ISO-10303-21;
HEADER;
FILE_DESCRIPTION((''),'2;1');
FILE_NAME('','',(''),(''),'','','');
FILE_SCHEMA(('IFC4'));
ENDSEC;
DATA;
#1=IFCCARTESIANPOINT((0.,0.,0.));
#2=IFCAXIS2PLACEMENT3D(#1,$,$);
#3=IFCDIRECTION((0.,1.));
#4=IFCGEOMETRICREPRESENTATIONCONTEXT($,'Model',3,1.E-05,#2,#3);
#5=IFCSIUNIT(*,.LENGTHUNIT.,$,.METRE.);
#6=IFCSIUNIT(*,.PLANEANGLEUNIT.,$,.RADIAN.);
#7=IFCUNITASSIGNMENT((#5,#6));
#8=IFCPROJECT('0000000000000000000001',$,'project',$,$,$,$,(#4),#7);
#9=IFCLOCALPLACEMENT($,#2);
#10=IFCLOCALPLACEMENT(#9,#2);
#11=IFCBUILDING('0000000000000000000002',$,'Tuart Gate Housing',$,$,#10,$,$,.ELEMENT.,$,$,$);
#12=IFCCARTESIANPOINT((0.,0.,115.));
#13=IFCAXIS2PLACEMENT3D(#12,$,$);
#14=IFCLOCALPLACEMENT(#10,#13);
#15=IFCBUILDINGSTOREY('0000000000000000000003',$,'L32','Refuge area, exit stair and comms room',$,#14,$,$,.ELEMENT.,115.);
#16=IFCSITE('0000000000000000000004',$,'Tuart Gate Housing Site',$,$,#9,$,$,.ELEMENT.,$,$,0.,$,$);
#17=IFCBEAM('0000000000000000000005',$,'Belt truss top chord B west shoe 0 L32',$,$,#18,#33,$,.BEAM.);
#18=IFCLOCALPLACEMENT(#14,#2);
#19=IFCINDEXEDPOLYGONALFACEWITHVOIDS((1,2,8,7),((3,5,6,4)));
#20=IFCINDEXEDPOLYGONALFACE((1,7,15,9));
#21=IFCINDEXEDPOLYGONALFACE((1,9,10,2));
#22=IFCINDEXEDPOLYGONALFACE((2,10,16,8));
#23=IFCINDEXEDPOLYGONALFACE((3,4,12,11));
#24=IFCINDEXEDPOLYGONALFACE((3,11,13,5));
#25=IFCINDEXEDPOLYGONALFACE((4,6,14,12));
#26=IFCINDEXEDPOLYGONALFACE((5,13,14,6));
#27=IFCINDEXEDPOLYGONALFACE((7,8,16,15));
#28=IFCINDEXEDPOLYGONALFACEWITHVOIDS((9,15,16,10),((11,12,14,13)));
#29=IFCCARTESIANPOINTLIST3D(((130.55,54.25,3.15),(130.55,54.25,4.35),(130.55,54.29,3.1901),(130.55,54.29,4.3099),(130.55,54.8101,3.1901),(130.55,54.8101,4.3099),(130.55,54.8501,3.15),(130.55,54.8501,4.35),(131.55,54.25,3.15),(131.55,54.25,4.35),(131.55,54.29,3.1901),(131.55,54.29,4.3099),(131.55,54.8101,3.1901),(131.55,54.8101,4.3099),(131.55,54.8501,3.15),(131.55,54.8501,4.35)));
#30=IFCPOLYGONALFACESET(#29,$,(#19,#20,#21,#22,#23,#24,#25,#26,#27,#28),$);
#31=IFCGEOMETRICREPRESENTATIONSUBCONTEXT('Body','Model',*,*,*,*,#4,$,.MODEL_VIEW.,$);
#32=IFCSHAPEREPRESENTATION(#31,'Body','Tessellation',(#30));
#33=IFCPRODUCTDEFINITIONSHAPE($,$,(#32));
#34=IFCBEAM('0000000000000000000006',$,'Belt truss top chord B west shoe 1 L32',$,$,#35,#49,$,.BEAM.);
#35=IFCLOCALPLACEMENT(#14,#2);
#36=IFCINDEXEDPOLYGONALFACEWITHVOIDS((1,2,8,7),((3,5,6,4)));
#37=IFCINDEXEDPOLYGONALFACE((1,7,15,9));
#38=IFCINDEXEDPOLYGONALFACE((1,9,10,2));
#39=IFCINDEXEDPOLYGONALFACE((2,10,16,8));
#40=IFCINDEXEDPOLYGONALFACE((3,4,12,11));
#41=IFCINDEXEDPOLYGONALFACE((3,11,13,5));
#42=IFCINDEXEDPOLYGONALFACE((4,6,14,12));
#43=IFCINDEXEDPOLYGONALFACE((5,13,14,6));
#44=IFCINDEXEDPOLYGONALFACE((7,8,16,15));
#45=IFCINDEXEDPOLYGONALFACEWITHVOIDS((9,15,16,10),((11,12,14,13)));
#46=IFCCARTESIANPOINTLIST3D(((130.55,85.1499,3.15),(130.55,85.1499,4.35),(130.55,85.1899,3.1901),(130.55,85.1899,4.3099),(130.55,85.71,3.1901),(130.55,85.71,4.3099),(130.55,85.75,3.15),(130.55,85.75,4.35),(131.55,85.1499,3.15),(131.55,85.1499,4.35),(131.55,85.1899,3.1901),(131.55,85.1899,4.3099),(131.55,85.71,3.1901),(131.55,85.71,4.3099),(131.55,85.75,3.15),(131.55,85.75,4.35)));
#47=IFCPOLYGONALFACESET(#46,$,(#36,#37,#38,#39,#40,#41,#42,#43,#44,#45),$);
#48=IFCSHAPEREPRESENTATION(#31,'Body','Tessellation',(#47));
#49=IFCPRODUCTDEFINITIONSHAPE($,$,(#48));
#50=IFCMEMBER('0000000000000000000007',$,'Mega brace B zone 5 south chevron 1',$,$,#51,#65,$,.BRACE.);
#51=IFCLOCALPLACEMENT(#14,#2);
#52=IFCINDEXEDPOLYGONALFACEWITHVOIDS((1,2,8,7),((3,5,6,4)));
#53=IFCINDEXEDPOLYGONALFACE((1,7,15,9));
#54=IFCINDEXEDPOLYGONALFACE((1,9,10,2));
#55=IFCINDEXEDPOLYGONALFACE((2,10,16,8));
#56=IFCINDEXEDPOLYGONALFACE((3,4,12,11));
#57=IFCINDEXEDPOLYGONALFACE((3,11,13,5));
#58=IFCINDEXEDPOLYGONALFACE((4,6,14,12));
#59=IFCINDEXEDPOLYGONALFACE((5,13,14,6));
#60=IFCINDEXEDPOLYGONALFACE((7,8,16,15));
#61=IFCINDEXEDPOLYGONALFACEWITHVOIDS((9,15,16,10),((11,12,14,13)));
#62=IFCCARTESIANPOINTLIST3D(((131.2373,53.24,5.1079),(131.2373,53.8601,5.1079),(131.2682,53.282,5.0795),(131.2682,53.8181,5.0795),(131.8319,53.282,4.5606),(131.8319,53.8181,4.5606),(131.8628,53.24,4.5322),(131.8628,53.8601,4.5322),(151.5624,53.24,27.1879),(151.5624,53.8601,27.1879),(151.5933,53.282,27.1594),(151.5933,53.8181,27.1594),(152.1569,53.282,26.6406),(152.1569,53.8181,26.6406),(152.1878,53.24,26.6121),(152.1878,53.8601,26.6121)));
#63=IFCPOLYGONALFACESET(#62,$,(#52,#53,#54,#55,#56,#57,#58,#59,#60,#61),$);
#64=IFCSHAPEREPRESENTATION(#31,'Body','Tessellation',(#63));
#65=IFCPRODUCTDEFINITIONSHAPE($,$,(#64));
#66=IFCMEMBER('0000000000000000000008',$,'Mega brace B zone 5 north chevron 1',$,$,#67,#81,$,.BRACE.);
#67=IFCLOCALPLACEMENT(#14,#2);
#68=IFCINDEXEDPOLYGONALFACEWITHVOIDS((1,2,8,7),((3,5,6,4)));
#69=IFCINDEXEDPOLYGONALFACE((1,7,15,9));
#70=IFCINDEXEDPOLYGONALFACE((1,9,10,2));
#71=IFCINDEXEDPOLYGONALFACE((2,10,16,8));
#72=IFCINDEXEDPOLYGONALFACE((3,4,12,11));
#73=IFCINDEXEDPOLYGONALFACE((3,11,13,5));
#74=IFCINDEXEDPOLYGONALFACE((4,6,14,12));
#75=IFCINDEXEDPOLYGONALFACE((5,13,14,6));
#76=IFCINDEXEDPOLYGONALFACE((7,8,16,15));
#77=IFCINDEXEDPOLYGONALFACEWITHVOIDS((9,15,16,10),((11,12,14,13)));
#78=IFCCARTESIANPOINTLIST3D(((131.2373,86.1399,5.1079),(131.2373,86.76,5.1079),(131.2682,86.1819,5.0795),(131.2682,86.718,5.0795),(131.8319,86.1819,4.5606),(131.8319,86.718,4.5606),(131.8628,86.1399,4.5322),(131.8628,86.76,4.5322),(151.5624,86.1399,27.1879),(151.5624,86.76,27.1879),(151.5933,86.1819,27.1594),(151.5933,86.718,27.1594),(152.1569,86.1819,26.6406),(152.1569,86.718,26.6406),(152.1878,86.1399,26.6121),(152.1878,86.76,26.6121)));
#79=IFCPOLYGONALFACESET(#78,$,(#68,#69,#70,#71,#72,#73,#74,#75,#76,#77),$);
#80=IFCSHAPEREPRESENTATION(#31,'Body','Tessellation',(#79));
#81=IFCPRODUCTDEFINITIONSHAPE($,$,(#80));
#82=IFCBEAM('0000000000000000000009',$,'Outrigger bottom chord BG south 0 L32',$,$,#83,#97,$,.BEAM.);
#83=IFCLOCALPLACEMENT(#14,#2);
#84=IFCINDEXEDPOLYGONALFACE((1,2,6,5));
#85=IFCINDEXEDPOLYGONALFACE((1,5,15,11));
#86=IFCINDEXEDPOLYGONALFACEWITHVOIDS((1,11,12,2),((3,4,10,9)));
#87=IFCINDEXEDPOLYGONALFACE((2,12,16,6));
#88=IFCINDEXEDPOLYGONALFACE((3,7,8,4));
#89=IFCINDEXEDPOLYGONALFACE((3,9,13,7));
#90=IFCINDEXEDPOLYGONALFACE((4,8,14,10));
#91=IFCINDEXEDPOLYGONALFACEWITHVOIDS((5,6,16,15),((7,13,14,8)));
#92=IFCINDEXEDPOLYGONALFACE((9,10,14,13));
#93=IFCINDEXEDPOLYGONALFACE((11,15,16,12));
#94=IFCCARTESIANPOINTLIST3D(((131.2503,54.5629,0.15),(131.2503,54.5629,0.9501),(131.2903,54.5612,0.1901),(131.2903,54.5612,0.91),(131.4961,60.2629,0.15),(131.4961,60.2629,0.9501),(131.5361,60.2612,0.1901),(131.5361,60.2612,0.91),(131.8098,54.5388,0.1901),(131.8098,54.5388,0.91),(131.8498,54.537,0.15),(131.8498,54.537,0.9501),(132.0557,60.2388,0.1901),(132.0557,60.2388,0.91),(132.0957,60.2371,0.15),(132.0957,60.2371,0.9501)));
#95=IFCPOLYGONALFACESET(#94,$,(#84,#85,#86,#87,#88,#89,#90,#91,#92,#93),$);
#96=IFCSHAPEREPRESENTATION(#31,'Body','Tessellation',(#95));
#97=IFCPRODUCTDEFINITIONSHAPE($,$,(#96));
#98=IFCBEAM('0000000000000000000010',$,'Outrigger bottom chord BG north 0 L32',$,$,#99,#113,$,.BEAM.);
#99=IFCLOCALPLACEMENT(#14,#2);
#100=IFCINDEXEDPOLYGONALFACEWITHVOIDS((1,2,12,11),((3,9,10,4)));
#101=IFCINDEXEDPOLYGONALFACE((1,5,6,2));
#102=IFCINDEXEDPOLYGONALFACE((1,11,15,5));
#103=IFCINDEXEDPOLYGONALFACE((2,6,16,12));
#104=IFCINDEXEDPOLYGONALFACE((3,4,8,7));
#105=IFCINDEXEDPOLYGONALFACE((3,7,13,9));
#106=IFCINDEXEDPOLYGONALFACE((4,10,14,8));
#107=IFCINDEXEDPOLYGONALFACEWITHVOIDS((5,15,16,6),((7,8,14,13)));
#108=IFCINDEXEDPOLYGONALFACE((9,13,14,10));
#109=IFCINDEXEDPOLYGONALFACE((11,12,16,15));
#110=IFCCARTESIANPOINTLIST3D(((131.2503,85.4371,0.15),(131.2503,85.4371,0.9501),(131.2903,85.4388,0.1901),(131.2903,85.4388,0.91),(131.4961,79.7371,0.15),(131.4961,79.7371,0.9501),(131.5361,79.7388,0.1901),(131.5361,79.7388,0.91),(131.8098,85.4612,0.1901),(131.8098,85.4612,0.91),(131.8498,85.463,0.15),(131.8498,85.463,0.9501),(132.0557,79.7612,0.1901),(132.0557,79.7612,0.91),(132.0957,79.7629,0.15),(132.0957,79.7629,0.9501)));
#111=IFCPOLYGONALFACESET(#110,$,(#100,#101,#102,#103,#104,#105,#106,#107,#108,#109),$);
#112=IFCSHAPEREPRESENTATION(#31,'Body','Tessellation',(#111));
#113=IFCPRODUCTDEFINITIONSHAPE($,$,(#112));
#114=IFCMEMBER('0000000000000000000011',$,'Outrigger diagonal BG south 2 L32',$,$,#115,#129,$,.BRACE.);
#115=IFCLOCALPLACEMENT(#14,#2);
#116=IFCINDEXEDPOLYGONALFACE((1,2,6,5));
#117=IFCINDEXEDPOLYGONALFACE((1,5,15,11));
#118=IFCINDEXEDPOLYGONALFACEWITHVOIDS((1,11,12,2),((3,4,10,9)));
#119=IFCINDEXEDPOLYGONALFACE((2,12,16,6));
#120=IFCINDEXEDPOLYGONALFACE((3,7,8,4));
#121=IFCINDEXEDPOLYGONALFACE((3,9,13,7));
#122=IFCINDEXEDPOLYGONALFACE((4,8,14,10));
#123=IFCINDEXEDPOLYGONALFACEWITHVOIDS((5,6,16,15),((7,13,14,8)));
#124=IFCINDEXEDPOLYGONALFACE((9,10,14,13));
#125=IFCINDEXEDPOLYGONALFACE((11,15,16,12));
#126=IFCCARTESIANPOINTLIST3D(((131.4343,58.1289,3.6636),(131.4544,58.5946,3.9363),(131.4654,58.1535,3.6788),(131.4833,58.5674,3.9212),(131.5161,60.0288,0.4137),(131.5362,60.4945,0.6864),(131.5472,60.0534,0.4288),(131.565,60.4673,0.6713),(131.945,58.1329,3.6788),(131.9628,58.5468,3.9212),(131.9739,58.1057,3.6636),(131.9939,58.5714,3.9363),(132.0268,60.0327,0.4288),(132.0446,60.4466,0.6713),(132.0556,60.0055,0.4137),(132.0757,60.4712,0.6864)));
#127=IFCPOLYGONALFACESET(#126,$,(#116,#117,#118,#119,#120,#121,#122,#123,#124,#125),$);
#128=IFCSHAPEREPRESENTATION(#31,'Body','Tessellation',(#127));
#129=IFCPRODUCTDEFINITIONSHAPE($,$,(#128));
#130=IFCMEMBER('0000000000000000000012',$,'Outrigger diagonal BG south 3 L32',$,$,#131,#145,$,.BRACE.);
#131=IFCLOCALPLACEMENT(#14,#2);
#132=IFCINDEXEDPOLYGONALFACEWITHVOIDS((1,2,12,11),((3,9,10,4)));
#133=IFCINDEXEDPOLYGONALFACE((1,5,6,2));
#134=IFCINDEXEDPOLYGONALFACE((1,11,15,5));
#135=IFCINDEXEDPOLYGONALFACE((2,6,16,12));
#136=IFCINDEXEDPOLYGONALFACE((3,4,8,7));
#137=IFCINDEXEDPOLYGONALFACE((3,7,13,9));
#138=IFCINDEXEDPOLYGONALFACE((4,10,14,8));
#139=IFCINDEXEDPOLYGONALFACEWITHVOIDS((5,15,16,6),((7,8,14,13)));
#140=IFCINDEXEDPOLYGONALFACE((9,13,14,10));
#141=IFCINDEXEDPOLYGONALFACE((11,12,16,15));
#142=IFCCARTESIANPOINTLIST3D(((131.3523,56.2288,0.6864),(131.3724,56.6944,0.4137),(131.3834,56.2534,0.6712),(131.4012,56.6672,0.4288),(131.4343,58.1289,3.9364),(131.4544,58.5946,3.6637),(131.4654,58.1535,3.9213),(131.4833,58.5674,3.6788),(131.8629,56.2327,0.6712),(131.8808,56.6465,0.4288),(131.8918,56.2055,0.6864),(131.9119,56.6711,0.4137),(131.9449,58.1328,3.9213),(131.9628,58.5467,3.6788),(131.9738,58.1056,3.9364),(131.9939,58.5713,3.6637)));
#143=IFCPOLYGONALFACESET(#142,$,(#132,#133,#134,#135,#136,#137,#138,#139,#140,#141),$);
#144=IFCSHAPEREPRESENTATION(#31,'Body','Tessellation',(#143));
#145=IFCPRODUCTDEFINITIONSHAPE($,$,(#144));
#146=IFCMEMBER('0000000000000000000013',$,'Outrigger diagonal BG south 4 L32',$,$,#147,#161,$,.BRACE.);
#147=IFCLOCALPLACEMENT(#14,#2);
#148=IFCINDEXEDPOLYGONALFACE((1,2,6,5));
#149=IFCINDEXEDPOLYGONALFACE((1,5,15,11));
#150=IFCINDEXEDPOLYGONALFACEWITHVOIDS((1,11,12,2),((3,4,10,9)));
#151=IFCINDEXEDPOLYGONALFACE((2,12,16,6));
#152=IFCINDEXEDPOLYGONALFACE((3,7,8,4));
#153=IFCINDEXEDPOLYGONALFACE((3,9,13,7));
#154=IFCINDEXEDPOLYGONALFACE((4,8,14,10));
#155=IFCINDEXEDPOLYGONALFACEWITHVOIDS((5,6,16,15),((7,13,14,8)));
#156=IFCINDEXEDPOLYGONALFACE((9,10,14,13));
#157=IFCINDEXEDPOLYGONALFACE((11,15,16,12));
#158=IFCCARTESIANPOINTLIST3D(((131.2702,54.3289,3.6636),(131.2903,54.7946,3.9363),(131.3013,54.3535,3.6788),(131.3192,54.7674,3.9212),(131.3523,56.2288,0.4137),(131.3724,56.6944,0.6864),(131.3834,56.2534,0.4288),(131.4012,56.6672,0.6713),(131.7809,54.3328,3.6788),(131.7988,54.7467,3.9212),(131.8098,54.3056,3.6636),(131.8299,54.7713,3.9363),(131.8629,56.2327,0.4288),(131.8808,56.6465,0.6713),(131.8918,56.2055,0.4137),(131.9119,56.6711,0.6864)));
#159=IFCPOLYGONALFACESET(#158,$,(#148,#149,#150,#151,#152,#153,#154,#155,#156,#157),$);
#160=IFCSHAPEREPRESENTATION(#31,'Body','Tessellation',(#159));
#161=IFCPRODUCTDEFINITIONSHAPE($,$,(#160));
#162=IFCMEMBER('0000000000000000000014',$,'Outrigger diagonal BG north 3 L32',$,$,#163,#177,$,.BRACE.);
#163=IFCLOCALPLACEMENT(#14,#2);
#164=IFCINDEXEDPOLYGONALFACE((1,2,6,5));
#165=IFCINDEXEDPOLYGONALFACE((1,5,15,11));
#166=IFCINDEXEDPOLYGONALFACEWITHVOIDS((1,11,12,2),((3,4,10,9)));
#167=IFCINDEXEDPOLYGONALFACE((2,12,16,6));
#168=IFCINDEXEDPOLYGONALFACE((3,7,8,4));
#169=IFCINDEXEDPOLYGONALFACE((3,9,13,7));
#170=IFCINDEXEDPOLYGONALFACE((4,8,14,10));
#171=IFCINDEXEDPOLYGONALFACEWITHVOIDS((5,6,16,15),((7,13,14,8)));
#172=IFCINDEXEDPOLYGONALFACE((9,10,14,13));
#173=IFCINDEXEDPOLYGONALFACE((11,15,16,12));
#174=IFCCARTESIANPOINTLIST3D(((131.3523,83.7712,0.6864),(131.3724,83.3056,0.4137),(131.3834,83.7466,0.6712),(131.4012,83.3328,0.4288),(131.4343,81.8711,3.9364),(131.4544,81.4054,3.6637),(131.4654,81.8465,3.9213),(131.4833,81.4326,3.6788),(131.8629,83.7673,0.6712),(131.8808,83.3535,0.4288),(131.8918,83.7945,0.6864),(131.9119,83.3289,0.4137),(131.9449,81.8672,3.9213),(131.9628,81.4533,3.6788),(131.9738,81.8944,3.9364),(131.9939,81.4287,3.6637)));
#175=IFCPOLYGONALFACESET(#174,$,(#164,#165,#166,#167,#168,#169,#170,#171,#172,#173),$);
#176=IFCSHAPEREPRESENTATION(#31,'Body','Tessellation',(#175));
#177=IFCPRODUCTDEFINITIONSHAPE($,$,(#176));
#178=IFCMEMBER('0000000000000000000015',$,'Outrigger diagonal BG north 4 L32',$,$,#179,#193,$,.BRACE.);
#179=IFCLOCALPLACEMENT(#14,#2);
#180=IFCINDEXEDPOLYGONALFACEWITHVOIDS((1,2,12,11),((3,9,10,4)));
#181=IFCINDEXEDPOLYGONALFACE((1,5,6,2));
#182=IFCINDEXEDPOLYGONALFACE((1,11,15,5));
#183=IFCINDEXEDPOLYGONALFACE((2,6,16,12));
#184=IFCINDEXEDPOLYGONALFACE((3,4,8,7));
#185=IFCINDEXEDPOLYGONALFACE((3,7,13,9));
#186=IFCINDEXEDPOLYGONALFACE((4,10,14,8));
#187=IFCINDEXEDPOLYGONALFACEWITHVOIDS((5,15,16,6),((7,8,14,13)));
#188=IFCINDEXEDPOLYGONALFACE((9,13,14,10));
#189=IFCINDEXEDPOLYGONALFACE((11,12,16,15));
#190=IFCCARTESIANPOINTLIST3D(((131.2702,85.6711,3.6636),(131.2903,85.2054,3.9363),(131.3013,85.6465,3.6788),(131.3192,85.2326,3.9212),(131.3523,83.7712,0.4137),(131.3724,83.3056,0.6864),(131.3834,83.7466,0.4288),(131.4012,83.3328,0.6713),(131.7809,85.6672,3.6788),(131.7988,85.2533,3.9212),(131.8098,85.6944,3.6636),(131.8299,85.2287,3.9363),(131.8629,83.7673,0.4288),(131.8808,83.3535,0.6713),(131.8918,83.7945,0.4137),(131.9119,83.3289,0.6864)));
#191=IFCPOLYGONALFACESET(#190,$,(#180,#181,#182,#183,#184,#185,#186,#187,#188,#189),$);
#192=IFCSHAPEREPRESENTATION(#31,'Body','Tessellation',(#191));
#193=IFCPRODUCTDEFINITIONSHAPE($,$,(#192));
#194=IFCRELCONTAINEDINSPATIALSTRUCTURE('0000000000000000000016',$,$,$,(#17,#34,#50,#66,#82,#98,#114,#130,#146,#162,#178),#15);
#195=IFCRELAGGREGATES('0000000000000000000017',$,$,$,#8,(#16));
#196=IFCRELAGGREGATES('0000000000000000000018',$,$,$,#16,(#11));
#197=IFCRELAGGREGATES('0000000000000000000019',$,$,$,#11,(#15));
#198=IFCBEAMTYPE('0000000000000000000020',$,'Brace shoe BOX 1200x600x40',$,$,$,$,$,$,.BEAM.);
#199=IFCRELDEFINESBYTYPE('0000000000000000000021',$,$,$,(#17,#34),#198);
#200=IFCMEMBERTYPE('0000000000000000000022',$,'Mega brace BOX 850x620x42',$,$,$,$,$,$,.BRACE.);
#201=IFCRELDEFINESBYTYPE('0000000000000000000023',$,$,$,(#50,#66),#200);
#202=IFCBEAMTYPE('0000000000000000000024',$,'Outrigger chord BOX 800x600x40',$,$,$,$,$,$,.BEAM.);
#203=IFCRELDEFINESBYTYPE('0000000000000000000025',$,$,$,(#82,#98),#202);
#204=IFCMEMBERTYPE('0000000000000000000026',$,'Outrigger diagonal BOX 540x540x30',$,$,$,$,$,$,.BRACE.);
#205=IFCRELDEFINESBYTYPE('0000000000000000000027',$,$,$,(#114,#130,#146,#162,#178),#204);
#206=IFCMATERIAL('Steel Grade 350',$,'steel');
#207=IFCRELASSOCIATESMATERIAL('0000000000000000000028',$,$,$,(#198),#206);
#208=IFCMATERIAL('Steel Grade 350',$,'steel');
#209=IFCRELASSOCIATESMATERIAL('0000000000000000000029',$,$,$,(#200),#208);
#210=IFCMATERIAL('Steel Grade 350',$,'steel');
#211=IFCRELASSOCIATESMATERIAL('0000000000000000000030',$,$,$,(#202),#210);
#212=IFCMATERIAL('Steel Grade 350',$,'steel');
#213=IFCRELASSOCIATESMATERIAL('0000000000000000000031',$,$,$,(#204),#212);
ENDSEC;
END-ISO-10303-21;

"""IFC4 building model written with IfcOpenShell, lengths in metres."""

from ifc_helpers import new_model, si_unit, direction, frame, origin, origin_2d, place, context, subcontext, project, spatial, hollow_rectangle, extrude, material, material_profile, profile_set, type_object, element, save


model = new_model("IFC4")

# Units and contexts
model_context = context("Model", 3, precision=1e-05, world=origin(), true_north=direction((0.0, 1.0)))
body_context = subcontext(model_context, "Body", "Model", "MODEL_VIEW")
ifc_project = project(units=[si_unit("LENGTHUNIT", "METRE"), si_unit("PLANEANGLEUNIT", "RADIAN")], contexts=[model_context])

# Site, building, storey
site_placement = place(None, origin())
site = spatial("IfcSite", under=ifc_project, at=site_placement, Name="Tuart Gate Housing Site", CompositionType="ELEMENT", RefElevation=0.0)
building_placement = place(site_placement, origin())
building = spatial("IfcBuilding", under=site, at=building_placement, Name="Tuart Gate Housing", CompositionType="ELEMENT")
storey_placement = place(building_placement, frame((0.0, 0.0, 115.0)))
storey = spatial("IfcBuildingStorey", under=building, at=storey_placement, Name="L32", Description="Refuge area, exit stair and comms room", CompositionType="ELEMENT", Elevation=115.0)

# Beams
ifc_material_1 = material(Name="Steel Grade 350", Category="steel")
ifc_material_profile_1 = material_profile(ifc_material_1, hollow_rectangle(XDim=0.6001, YDim=1.2, WallThickness=0.04, at=origin_2d()), Name="BOX 1200x600x40")
ifc_profile_set_1 = profile_set([ifc_material_profile_1], Name="Steel Grade 350")
beam_type_1 = type_object("IfcBeamType", Name="Brace shoe BOX 1200x600x40", PredefinedType="BEAM", material=ifc_profile_set_1)
for number, where, z_axis, x_axis, name in (
    (1, (131.55, 54.55, 3.75), (-1.0, 0.0, 0.0), (0.0, -1.0, 0.0), "Belt truss top chord B west shoe 0 L32"),
    (2, (131.55, 85.45, 3.75), (-1.0, 0.0, 0.0), (0.0, -1.0, 0.0), "Belt truss top chord B west shoe 1 L32"),
):
    element("IfcBeam", number, at=place(storey_placement, frame(where, z_axis=z_axis, x_axis=x_axis)), inside=storey, type_object=beam_type_1, Name=name, PredefinedType="BEAM", context=body_context, shape_type="SweptSolid", body=[
        extrude(hollow_rectangle(XDim=0.6001, YDim=1.2, WallThickness=0.04, at=origin_2d()), origin(), (0.0, 0.0, 1.0), 1.0),
    ])

# Members
ifc_material_2 = material(Name="Steel Grade 350", Category="steel")
ifc_material_profile_2 = material_profile(ifc_material_2, hollow_rectangle(XDim=0.6201, YDim=0.8501, WallThickness=0.042, at=origin_2d()), Name="BOX 850x620x42")
ifc_profile_set_2 = profile_set([ifc_material_profile_2], Name="Steel Grade 350")
member_type_1 = type_object("IfcMemberType", Name="Mega brace BOX 850x620x42", PredefinedType="BRACE", material=ifc_profile_set_2)
for number, where, z_axis, x_axis, name in (
    (3, (131.55, 53.55, 4.8201), (0.677264, 0.0, 0.73574), (0.0, 1.0, 0.0), "Mega brace B zone 5 south chevron 1"),
    (4, (131.55, 86.45, 4.8201), (0.677264, 0.0, 0.73574), (0.0, 1.0, 0.0), "Mega brace B zone 5 north chevron 1"),
):
    element("IfcMember", number, at=place(storey_placement, frame(where, z_axis=z_axis, x_axis=x_axis)), inside=storey, type_object=member_type_1, Name=name, PredefinedType="BRACE", context=body_context, shape_type="SweptSolid", body=[
        extrude(hollow_rectangle(XDim=0.6201, YDim=0.8501, WallThickness=0.042, at=origin_2d()), origin(), (0.0, 0.0, 1.0), 30.0105),
    ])

# Beams
ifc_material_3 = material(Name="Steel Grade 350", Category="steel")
ifc_material_profile_3 = material_profile(ifc_material_3, hollow_rectangle(XDim=0.6001, YDim=0.8, WallThickness=0.04, at=origin_2d()), Name="BOX 800x600x40")
ifc_profile_set_3 = profile_set([ifc_material_profile_3], Name="Steel Grade 350")
beam_type_2 = type_object("IfcBeamType", Name="Outrigger chord BOX 800x600x40", PredefinedType="BEAM", material=ifc_profile_set_3)
for number, where, z_axis, x_axis, name in (
    (5, (131.7959, 60.25, 0.55), (-0.043092, -0.999071, 0.0), (0.999071, -0.043092, 0.0), "Outrigger bottom chord BG south 0 L32"),
    (6, (131.7959, 79.75, 0.55), (-0.043092, 0.999071, 0.0), (-0.999071, -0.043092, 0.0), "Outrigger bottom chord BG north 0 L32"),
):
    element("IfcBeam", number, at=place(storey_placement, frame(where, z_axis=z_axis, x_axis=x_axis)), inside=storey, type_object=beam_type_2, Name=name, PredefinedType="BEAM", context=body_context, shape_type="SweptSolid", body=[
        extrude(hollow_rectangle(XDim=0.6001, YDim=0.8, WallThickness=0.04, at=origin_2d()), origin(), (0.0, 0.0, 1.0), 5.7053),
    ])

# Members
ifc_material_4 = material(Name="Steel Grade 350", Category="steel")
ifc_material_profile_4 = material_profile(ifc_material_4, hollow_rectangle(XDim=0.54, YDim=0.54, WallThickness=0.03, at=origin_2d()), Name="BOX 540x540x30")
ifc_profile_set_4 = profile_set([ifc_material_profile_4], Name="Steel Grade 350")
member_type_2 = type_object("IfcMemberType", Name="Outrigger diagonal BOX 540x540x30", PredefinedType="BRACE", material=ifc_profile_set_4)
member_1_placement = place(storey_placement, frame((131.7959, 60.25, 0.55), z_axis=(-0.02172, -0.504558, 0.863104), x_axis=(0.999075, -0.043008, 0.0)))
element("IfcMember", 7, at=member_1_placement, inside=storey, type_object=member_type_2, Name="Outrigger diagonal BG south 2 L32", PredefinedType="BRACE", context=body_context, shape_type="SweptSolid", body=[
    extrude(hollow_rectangle(XDim=0.54, YDim=0.54, WallThickness=0.03, at=origin_2d()), origin(), (0.0, 0.0, 1.0), 3.7654),
])
member_2_placement = place(storey_placement, frame((131.7141, 58.3501, 3.8), z_axis=(-0.021784, -0.504606, -0.863075), x_axis=(0.999069, -0.043131, 0.0)))
element("IfcMember", 8, at=member_2_placement, inside=storey, type_object=member_type_2, Name="Outrigger diagonal BG south 3 L32", PredefinedType="BRACE", context=body_context, shape_type="SweptSolid", body=[
    extrude(hollow_rectangle(XDim=0.54, YDim=0.54, WallThickness=0.03, at=origin_2d()), origin(), (0.0, 0.0, 1.0), 3.7656),
])
member_3_placement = place(storey_placement, frame((131.6321, 56.45, 0.55), z_axis=(-0.021785, -0.504557, 0.863103), x_axis=(0.999069, -0.043136, 0.0)))
element("IfcMember", 9, at=member_3_placement, inside=storey, type_object=member_type_2, Name="Outrigger diagonal BG south 4 L32", PredefinedType="BRACE", context=body_context, shape_type="SweptSolid", body=[
    extrude(hollow_rectangle(XDim=0.54, YDim=0.54, WallThickness=0.03, at=origin_2d()), origin(), (0.0, 0.0, 1.0), 3.7654),
])
member_4_placement = place(storey_placement, frame((131.7141, 81.6499, 3.8), z_axis=(-0.021784, 0.504606, -0.863075), x_axis=(-0.999069, -0.043131, 0.0)))
element("IfcMember", 10, at=member_4_placement, inside=storey, type_object=member_type_2, Name="Outrigger diagonal BG north 3 L32", PredefinedType="BRACE", context=body_context, shape_type="SweptSolid", body=[
    extrude(hollow_rectangle(XDim=0.54, YDim=0.54, WallThickness=0.03, at=origin_2d()), origin(), (0.0, 0.0, 1.0), 3.7656),
])
member_5_placement = place(storey_placement, frame((131.6321, 83.55, 0.55), z_axis=(-0.021785, 0.504557, 0.863103), x_axis=(-0.999069, -0.043136, 0.0)))
element("IfcMember", 11, at=member_5_placement, inside=storey, type_object=member_type_2, Name="Outrigger diagonal BG north 4 L32", PredefinedType="BRACE", context=body_context, shape_type="SweptSolid", body=[
    extrude(hollow_rectangle(XDim=0.54, YDim=0.54, WallThickness=0.03, at=origin_2d()), origin(), (0.0, 0.0, 1.0), 3.7654),
])

save(model, "model.ifc")
